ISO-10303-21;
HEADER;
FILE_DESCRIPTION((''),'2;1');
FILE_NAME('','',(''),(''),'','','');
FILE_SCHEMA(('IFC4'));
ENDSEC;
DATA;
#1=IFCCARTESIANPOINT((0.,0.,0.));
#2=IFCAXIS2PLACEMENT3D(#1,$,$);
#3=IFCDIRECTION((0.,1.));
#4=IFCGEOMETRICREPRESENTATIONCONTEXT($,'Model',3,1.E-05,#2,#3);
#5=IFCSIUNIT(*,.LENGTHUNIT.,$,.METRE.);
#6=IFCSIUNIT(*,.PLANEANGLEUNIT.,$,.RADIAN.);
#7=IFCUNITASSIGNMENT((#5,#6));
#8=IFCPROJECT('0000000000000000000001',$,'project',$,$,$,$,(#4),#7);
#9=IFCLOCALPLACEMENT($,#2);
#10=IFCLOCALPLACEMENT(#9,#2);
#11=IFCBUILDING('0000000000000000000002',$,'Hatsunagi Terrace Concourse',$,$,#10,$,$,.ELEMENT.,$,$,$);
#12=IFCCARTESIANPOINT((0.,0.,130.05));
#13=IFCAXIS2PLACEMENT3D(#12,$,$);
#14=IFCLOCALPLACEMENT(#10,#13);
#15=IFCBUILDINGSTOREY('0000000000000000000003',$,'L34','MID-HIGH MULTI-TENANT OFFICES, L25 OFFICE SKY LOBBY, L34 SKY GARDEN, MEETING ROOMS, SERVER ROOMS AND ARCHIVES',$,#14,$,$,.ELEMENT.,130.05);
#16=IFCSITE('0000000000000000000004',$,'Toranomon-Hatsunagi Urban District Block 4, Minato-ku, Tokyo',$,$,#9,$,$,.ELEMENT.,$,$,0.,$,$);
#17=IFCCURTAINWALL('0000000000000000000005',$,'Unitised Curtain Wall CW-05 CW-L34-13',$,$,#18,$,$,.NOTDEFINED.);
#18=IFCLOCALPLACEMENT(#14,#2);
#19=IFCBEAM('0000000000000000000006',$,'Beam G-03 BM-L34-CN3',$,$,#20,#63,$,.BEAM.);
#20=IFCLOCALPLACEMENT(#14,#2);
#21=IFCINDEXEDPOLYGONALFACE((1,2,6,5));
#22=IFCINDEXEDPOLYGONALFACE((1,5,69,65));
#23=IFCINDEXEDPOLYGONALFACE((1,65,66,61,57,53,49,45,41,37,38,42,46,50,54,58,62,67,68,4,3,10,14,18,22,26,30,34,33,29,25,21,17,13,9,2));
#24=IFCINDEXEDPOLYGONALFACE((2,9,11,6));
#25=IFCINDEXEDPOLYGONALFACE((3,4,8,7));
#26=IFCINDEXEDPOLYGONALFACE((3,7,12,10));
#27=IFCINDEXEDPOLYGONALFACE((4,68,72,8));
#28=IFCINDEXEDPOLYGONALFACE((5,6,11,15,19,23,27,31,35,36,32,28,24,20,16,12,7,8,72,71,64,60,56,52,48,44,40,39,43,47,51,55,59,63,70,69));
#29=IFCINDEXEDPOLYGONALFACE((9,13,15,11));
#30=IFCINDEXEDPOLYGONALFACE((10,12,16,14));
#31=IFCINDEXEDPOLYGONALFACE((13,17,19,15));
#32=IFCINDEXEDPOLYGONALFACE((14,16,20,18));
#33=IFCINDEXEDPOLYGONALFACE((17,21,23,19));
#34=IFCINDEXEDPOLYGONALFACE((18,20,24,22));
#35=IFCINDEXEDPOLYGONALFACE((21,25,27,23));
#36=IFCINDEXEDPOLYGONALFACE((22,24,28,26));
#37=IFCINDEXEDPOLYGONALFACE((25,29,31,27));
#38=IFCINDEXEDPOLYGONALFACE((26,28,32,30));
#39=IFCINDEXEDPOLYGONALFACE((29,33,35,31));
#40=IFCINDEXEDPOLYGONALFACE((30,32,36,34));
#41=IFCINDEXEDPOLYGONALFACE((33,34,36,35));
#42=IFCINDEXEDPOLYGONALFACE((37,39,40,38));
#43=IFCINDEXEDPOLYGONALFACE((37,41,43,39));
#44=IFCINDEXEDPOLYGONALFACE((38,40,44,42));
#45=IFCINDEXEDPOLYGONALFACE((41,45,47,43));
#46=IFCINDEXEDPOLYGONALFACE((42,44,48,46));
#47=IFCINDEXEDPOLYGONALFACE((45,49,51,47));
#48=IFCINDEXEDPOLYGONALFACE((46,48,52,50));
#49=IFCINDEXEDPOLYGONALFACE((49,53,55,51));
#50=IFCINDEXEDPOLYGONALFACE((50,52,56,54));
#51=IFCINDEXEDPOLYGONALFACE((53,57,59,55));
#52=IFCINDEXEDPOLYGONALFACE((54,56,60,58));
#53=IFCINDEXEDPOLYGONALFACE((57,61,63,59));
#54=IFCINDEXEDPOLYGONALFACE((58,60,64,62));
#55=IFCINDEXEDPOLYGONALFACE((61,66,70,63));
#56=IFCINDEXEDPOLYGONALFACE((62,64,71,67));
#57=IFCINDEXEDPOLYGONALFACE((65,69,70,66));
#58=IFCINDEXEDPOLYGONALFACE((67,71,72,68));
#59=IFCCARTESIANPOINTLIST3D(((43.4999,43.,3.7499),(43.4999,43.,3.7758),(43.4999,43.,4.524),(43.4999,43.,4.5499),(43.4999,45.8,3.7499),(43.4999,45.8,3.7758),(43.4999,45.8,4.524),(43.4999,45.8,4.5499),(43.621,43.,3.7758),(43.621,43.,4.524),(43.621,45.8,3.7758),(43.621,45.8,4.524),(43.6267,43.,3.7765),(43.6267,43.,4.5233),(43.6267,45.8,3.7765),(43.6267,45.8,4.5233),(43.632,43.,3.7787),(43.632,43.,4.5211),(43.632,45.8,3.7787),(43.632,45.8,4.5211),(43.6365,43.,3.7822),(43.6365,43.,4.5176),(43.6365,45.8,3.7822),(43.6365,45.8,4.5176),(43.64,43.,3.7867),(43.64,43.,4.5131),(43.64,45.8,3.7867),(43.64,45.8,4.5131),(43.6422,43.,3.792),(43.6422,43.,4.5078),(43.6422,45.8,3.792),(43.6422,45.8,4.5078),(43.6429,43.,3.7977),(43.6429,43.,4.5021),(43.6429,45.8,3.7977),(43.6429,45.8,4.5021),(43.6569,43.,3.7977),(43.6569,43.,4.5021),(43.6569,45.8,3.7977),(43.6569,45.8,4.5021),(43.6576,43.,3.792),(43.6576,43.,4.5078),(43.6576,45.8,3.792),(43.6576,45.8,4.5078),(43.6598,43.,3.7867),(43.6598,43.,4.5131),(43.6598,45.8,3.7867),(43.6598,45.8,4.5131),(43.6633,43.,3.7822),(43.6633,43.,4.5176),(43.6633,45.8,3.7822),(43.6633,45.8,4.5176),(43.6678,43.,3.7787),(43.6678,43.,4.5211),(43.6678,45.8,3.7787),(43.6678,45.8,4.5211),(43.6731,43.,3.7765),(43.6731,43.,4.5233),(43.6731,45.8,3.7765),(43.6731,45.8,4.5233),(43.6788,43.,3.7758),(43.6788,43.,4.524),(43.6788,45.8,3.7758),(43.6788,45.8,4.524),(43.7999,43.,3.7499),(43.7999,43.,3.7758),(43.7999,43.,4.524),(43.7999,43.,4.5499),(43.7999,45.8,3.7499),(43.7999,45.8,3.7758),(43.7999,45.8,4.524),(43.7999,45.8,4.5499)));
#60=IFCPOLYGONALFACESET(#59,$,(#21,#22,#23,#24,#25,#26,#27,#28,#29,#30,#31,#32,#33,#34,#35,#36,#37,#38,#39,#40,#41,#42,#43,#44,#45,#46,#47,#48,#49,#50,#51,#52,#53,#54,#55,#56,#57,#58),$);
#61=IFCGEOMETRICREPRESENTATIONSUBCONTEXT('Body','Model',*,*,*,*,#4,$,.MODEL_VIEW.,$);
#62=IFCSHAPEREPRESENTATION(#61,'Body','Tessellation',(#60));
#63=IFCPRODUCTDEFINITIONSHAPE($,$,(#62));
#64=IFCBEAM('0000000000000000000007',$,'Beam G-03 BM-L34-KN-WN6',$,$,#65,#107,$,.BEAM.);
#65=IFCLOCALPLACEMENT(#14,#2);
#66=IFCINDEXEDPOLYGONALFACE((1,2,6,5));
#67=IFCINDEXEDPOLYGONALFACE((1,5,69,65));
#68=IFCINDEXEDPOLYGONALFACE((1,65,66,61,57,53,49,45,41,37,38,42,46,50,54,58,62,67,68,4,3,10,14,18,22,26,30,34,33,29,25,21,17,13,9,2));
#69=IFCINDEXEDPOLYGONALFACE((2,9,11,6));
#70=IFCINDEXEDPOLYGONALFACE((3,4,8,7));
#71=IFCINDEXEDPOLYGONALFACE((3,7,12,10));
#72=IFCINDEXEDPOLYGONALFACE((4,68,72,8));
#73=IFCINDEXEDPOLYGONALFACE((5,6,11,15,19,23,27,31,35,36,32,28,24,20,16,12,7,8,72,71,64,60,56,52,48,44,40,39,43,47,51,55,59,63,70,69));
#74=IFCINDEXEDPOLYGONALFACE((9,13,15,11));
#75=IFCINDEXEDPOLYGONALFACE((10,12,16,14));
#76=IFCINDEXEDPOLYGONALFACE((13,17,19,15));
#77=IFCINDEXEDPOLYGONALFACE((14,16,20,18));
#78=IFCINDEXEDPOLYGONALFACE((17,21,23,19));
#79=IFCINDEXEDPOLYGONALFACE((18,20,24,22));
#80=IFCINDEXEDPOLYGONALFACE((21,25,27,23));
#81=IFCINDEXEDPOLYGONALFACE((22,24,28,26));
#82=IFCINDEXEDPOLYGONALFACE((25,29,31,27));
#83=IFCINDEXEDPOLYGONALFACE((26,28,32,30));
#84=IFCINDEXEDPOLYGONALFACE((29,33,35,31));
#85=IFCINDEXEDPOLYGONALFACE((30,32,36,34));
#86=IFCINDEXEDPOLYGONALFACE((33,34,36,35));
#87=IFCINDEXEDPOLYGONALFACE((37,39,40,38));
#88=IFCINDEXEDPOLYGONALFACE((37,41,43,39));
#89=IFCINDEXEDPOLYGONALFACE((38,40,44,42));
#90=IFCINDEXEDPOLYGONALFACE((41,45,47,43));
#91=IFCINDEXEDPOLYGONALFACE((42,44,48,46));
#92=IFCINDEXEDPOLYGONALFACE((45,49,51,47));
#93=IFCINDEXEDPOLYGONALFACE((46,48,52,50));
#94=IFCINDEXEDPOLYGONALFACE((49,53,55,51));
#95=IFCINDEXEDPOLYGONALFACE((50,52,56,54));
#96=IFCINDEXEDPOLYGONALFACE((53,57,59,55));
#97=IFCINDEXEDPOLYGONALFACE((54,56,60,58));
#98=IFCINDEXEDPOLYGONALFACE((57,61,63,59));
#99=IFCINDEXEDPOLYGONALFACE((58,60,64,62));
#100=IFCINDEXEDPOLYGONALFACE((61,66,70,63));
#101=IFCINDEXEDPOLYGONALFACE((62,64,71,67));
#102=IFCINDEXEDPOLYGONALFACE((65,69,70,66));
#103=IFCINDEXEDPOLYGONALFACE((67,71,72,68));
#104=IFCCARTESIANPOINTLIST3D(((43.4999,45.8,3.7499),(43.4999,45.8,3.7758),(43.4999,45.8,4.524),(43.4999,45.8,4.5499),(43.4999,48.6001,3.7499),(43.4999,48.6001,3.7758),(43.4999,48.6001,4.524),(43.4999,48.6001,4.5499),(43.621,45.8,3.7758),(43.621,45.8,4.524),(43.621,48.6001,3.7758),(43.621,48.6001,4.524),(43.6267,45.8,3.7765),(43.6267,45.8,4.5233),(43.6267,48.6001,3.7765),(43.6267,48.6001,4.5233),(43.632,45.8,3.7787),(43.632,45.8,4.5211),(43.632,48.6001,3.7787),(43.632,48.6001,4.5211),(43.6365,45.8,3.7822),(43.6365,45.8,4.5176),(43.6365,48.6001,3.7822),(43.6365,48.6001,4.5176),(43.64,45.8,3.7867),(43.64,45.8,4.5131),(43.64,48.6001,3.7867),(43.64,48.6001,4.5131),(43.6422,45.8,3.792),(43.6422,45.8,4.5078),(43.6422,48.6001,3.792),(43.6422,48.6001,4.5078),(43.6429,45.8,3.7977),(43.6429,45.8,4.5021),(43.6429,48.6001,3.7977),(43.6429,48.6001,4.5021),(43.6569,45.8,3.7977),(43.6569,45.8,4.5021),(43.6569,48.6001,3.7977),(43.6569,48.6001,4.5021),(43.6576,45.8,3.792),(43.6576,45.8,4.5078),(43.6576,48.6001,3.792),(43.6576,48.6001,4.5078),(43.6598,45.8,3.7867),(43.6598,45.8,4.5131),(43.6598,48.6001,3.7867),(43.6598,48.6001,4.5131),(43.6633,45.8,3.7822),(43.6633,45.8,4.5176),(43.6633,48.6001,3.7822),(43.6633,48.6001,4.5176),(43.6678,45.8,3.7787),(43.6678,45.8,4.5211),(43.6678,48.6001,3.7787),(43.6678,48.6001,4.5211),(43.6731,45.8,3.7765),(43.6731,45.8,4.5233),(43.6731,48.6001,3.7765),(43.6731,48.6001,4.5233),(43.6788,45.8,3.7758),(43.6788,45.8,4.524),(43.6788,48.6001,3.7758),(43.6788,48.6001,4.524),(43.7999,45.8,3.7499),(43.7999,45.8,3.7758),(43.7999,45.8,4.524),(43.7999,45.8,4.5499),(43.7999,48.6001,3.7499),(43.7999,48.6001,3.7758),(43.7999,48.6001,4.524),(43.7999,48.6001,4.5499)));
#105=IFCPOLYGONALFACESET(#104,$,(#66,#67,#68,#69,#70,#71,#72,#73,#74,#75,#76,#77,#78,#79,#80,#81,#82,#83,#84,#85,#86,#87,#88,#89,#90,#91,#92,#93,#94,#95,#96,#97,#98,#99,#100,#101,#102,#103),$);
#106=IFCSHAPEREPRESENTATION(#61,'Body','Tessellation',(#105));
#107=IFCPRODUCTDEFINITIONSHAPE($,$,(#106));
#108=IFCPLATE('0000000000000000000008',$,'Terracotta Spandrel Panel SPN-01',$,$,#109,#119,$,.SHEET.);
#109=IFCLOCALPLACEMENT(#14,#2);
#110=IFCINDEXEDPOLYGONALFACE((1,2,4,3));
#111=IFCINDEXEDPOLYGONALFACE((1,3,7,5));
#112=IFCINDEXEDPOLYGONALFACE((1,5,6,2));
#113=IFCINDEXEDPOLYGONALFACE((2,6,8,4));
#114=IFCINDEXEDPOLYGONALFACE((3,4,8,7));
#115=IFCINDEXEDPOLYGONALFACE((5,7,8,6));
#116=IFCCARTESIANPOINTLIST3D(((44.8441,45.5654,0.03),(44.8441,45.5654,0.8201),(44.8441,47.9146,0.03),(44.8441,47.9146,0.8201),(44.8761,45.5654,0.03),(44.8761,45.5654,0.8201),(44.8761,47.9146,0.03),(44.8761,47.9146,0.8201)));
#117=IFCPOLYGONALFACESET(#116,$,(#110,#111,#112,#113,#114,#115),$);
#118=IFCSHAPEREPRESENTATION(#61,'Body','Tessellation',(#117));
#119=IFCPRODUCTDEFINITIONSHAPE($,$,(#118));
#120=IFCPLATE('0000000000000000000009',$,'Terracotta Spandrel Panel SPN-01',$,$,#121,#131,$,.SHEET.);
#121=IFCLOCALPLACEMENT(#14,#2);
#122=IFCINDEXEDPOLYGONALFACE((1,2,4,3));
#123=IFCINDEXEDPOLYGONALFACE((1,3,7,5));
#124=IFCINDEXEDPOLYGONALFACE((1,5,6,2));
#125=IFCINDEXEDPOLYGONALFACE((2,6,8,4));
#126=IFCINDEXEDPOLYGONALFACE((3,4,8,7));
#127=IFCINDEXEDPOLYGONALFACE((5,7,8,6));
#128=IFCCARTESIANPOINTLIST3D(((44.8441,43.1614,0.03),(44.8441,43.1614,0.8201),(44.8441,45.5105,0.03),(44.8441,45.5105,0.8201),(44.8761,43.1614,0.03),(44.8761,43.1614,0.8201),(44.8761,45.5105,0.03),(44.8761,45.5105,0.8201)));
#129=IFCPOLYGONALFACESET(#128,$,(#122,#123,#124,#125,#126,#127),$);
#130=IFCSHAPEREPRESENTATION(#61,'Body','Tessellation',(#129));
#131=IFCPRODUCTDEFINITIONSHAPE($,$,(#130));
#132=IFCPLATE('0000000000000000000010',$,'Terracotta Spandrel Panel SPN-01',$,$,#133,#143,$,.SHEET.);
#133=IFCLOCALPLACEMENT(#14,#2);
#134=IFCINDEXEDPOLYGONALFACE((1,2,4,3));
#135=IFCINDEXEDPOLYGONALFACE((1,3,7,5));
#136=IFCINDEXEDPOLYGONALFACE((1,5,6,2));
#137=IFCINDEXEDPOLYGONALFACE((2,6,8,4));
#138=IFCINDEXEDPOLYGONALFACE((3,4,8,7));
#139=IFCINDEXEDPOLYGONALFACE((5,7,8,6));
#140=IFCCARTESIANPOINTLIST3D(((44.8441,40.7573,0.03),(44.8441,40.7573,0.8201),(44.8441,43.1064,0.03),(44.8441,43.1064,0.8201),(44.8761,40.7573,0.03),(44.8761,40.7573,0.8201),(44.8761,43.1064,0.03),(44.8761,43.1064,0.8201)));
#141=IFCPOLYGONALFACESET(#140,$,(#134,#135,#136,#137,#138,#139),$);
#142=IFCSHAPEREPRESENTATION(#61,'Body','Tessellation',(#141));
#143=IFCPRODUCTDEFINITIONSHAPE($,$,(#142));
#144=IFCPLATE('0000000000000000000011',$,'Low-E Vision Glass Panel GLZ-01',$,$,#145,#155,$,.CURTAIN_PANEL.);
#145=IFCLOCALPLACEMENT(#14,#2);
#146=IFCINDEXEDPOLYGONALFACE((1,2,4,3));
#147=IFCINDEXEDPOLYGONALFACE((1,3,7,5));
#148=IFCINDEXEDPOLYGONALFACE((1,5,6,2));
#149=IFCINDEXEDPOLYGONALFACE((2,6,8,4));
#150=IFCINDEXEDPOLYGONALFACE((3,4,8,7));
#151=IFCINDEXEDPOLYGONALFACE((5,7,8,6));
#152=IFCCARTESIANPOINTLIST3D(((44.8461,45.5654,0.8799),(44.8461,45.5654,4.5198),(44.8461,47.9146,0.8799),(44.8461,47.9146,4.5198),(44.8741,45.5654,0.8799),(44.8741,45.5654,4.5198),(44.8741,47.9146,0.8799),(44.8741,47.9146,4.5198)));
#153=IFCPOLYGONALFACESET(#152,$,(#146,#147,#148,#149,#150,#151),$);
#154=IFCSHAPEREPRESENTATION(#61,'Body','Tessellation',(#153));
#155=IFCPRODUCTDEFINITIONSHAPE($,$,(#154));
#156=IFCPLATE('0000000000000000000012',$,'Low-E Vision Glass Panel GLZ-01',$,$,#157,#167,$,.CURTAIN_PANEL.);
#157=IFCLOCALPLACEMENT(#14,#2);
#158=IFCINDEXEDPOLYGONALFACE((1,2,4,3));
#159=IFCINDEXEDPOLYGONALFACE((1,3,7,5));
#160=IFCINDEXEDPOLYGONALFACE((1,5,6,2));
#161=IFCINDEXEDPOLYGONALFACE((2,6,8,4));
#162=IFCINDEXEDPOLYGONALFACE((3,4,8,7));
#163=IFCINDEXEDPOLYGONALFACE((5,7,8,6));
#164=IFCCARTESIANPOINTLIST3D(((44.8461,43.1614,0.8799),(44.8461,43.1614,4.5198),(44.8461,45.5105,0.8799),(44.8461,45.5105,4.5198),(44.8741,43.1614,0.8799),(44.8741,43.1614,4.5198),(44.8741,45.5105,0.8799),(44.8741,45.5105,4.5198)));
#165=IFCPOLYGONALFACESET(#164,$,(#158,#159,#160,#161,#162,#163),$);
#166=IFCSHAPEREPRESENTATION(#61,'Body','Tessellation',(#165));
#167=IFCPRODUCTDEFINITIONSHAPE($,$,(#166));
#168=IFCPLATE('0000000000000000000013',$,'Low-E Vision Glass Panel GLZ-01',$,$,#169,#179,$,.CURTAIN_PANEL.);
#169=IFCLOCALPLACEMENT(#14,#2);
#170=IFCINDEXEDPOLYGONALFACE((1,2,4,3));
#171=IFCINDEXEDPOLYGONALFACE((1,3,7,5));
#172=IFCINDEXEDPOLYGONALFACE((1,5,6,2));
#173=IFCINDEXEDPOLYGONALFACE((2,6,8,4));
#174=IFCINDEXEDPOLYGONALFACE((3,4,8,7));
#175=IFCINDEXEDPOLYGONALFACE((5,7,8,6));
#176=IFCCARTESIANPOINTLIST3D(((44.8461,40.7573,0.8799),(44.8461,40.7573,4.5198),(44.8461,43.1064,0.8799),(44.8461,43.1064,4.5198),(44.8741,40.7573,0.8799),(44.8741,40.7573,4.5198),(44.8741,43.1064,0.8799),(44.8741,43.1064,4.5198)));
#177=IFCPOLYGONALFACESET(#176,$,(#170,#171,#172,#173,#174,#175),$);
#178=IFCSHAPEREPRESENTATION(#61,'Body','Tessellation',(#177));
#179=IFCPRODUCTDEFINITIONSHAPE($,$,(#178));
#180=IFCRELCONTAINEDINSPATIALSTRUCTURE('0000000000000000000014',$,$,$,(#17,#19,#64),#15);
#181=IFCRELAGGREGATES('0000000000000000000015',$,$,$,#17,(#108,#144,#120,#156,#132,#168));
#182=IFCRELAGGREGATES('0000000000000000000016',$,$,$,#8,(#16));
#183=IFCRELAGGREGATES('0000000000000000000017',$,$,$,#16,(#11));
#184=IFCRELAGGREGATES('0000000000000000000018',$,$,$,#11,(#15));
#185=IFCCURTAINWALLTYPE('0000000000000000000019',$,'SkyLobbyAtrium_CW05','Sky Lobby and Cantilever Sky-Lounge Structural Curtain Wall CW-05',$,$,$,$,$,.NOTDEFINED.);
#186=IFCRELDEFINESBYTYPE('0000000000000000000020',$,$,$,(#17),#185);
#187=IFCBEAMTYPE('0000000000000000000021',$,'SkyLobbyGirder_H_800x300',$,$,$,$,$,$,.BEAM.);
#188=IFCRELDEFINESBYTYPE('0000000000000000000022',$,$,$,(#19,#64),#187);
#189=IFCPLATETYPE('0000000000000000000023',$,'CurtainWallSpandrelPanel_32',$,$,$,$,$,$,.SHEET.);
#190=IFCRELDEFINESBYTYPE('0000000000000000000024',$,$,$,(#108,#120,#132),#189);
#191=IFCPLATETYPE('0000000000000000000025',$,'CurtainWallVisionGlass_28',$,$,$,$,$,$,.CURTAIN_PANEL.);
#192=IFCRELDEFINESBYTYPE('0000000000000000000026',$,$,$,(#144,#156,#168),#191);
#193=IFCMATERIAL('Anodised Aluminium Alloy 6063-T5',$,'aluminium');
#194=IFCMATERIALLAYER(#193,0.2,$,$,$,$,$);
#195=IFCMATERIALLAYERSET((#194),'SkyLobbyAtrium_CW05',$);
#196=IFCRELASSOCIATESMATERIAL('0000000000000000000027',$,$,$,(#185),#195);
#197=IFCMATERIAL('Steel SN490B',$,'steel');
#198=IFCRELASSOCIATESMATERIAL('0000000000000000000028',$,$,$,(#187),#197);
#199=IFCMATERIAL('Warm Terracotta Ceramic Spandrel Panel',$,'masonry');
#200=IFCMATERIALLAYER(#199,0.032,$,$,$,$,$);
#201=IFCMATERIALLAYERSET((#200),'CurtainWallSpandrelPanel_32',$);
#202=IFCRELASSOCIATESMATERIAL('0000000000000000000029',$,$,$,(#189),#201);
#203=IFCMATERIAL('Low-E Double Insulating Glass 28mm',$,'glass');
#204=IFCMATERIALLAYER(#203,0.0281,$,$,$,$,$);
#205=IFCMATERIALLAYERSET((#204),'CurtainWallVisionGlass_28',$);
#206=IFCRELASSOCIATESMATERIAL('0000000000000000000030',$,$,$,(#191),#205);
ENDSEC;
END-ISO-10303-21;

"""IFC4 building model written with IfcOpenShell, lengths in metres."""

from ifc_helpers import new_model, si_unit, direction, frame, origin, origin_2d, place, context, subcontext, project, spatial, rectangle, i_section, extrude, material, layer, layer_set, material_profile, profile_set, type_object, element, aggregate, save


model = new_model("IFC4")

# Units and contexts
model_context = context("Model", 3, precision=1e-05, world=origin(), true_north=direction((0.0, 1.0)))
body_context = subcontext(model_context, "Body", "Model", "MODEL_VIEW")
ifc_project = project(units=[si_unit("LENGTHUNIT", "METRE"), si_unit("PLANEANGLEUNIT", "RADIAN")], contexts=[model_context])

# Site, building, storey
site_placement = place(None, origin())
site = spatial("IfcSite", under=ifc_project, at=site_placement, Name="Toranomon-Hatsunagi Urban District Block 4, Minato-ku, Tokyo", CompositionType="ELEMENT", RefElevation=0.0)
building_placement = place(site_placement, origin())
building = spatial("IfcBuilding", under=site, at=building_placement, Name="Hatsunagi Terrace Concourse", CompositionType="ELEMENT")
storey_placement = place(building_placement, frame((0.0, 0.0, 130.05)))
storey = spatial("IfcBuildingStorey", under=building, at=storey_placement, Name="L34", Description="MID-HIGH MULTI-TENANT OFFICES, L25 OFFICE SKY LOBBY, L34 SKY GARDEN, MEETING ROOMS, SERVER ROOMS AND ARCHIVES", CompositionType="ELEMENT", Elevation=130.05)

# Curtain wall
ifc_material_1 = material(Name="Anodised Aluminium Alloy 6063-T5", Category="aluminium")
ifc_layer_1 = layer(ifc_material_1, 0.2)
ifc_layer_set_1 = layer_set([ifc_layer_1], Name="SkyLobbyAtrium_CW05")
curtain_wall_type = type_object("IfcCurtainWallType", Name="SkyLobbyAtrium_CW05", Description="Sky Lobby and Cantilever Sky-Lounge Structural Curtain Wall CW-05", PredefinedType="NOTDEFINED", material=ifc_layer_set_1)
curtain_wall_placement = place(storey_placement, origin())
curtain_wall = element("IfcCurtainWall", 1, at=curtain_wall_placement, inside=storey, type_object=curtain_wall_type, Name="Unitised Curtain Wall CW-05 CW-L34-13", PredefinedType="NOTDEFINED")

# Beams
ifc_material_2 = material(Name="Steel SN490B", Category="steel")
ifc_material_profile_1 = material_profile(ifc_material_2, i_section(OverallWidth=0.3, OverallDepth=0.8, WebThickness=0.0139, FlangeThickness=0.0259, FilletRadius=0.022, at=origin_2d()), Name="H-800x300x14x26")
ifc_profile_set_1 = profile_set([ifc_material_profile_1], Name="Steel SN490B")
beam_type_1 = type_object("IfcBeamType", Name="SkyLobbyGirder_H_800x300", PredefinedType="BEAM", material=ifc_profile_set_1)
for number, where, z_axis, x_axis, name in (
    (2, (43.6499, 43.0, 4.1499), (0.0, 1.0, 0.0), (-1.0, 0.0, 0.0), "Beam G-03 BM-L34-CN3"),
    (3, (43.6499, 45.8, 4.1499), (0.0, 1.0, 0.0), (-1.0, 0.0, 0.0), "Beam G-03 BM-L34-KN-WN6"),
):
    element("IfcBeam", number, at=place(storey_placement, frame(where, z_axis=z_axis, x_axis=x_axis)), inside=storey, type_object=beam_type_1, Name=name, PredefinedType="BEAM", context=body_context, shape_type="SweptSolid", body=[
        extrude(i_section(OverallWidth=0.3, OverallDepth=0.8, WebThickness=0.0139, FlangeThickness=0.0259, FilletRadius=0.022, at=origin_2d()), origin(), (0.0, 0.0, 1.0), 2.8),
    ])

# Plates
ifc_material_3 = material(Name="Warm Terracotta Ceramic Spandrel Panel", Category="masonry")
ifc_layer_2 = layer(ifc_material_3, 0.032)
ifc_layer_set_2 = layer_set([ifc_layer_2], Name="CurtainWallSpandrelPanel_32")
plate_type_1 = type_object("IfcPlateType", Name="CurtainWallSpandrelPanel_32", PredefinedType="SHEET", material=ifc_layer_set_2)
plate_1_placement = place(storey_placement, frame((44.8601, 46.74, 0.03), z_axis=(0.0, 0.0, 1.0), x_axis=(0.0, -1.0, 0.0)))
plate_1 = element("IfcPlate", 4, at=plate_1_placement, type_object=plate_type_1, Name="Terracotta Spandrel Panel SPN-01", PredefinedType="SHEET", context=body_context, shape_type="SweptSolid", body=[
    extrude(rectangle(XDim=2.3491, YDim=0.032, at=origin_2d()), origin(), (0.0, 0.0, 1.0), 0.79),
])
plate_2_placement = place(storey_placement, frame((44.8601, 44.3359, 0.03), z_axis=(0.0, 0.0, 1.0), x_axis=(0.0, -1.0, 0.0)))
plate_2 = element("IfcPlate", 5, at=plate_2_placement, type_object=plate_type_1, Name="Terracotta Spandrel Panel SPN-01", PredefinedType="SHEET", context=body_context, shape_type="SweptSolid", body=[
    extrude(rectangle(XDim=2.3491, YDim=0.032, at=origin_2d()), origin(), (0.0, 0.0, 1.0), 0.79),
])
plate_3_placement = place(storey_placement, frame((44.8601, 41.9319, 0.03), z_axis=(0.0, 0.0, 1.0), x_axis=(0.0, -1.0, 0.0)))
plate_3 = element("IfcPlate", 6, at=plate_3_placement, type_object=plate_type_1, Name="Terracotta Spandrel Panel SPN-01", PredefinedType="SHEET", context=body_context, shape_type="SweptSolid", body=[
    extrude(rectangle(XDim=2.3491, YDim=0.032, at=origin_2d()), origin(), (0.0, 0.0, 1.0), 0.79),
])
ifc_material_4 = material(Name="Low-E Double Insulating Glass 28mm", Category="glass")
ifc_layer_3 = layer(ifc_material_4, 0.0281)
ifc_layer_set_3 = layer_set([ifc_layer_3], Name="CurtainWallVisionGlass_28")
plate_type_2 = type_object("IfcPlateType", Name="CurtainWallVisionGlass_28", PredefinedType="CURTAIN_PANEL", material=ifc_layer_set_3)
plate_4_placement = place(storey_placement, frame((44.8601, 46.74, 0.8799), z_axis=(0.0, 0.0, 1.0), x_axis=(0.0, -1.0, 0.0)))
plate_4 = element("IfcPlate", 7, at=plate_4_placement, type_object=plate_type_2, Name="Low-E Vision Glass Panel GLZ-01", PredefinedType="CURTAIN_PANEL", context=body_context, shape_type="SweptSolid", body=[
    extrude(rectangle(XDim=2.3491, YDim=0.0281, at=origin_2d()), origin(), (0.0, 0.0, 1.0), 3.6399),
])
plate_5_placement = place(storey_placement, frame((44.8601, 44.3359, 0.8799), z_axis=(0.0, 0.0, 1.0), x_axis=(0.0, -1.0, 0.0)))
plate_5 = element("IfcPlate", 8, at=plate_5_placement, type_object=plate_type_2, Name="Low-E Vision Glass Panel GLZ-01", PredefinedType="CURTAIN_PANEL", context=body_context, shape_type="SweptSolid", body=[
    extrude(rectangle(XDim=2.3491, YDim=0.0281, at=origin_2d()), origin(), (0.0, 0.0, 1.0), 3.6399),
])
plate_6_placement = place(storey_placement, frame((44.8601, 41.9319, 0.8799), z_axis=(0.0, 0.0, 1.0), x_axis=(0.0, -1.0, 0.0)))
plate_6 = element("IfcPlate", 9, at=plate_6_placement, type_object=plate_type_2, Name="Low-E Vision Glass Panel GLZ-01", PredefinedType="CURTAIN_PANEL", context=body_context, shape_type="SweptSolid", body=[
    extrude(rectangle(XDim=2.3491, YDim=0.0281, at=origin_2d()), origin(), (0.0, 0.0, 1.0), 3.6399),
])
aggregate(curtain_wall, [plate_1, plate_4, plate_2, plate_5, plate_3, plate_6])

save(model, "model.ifc")
